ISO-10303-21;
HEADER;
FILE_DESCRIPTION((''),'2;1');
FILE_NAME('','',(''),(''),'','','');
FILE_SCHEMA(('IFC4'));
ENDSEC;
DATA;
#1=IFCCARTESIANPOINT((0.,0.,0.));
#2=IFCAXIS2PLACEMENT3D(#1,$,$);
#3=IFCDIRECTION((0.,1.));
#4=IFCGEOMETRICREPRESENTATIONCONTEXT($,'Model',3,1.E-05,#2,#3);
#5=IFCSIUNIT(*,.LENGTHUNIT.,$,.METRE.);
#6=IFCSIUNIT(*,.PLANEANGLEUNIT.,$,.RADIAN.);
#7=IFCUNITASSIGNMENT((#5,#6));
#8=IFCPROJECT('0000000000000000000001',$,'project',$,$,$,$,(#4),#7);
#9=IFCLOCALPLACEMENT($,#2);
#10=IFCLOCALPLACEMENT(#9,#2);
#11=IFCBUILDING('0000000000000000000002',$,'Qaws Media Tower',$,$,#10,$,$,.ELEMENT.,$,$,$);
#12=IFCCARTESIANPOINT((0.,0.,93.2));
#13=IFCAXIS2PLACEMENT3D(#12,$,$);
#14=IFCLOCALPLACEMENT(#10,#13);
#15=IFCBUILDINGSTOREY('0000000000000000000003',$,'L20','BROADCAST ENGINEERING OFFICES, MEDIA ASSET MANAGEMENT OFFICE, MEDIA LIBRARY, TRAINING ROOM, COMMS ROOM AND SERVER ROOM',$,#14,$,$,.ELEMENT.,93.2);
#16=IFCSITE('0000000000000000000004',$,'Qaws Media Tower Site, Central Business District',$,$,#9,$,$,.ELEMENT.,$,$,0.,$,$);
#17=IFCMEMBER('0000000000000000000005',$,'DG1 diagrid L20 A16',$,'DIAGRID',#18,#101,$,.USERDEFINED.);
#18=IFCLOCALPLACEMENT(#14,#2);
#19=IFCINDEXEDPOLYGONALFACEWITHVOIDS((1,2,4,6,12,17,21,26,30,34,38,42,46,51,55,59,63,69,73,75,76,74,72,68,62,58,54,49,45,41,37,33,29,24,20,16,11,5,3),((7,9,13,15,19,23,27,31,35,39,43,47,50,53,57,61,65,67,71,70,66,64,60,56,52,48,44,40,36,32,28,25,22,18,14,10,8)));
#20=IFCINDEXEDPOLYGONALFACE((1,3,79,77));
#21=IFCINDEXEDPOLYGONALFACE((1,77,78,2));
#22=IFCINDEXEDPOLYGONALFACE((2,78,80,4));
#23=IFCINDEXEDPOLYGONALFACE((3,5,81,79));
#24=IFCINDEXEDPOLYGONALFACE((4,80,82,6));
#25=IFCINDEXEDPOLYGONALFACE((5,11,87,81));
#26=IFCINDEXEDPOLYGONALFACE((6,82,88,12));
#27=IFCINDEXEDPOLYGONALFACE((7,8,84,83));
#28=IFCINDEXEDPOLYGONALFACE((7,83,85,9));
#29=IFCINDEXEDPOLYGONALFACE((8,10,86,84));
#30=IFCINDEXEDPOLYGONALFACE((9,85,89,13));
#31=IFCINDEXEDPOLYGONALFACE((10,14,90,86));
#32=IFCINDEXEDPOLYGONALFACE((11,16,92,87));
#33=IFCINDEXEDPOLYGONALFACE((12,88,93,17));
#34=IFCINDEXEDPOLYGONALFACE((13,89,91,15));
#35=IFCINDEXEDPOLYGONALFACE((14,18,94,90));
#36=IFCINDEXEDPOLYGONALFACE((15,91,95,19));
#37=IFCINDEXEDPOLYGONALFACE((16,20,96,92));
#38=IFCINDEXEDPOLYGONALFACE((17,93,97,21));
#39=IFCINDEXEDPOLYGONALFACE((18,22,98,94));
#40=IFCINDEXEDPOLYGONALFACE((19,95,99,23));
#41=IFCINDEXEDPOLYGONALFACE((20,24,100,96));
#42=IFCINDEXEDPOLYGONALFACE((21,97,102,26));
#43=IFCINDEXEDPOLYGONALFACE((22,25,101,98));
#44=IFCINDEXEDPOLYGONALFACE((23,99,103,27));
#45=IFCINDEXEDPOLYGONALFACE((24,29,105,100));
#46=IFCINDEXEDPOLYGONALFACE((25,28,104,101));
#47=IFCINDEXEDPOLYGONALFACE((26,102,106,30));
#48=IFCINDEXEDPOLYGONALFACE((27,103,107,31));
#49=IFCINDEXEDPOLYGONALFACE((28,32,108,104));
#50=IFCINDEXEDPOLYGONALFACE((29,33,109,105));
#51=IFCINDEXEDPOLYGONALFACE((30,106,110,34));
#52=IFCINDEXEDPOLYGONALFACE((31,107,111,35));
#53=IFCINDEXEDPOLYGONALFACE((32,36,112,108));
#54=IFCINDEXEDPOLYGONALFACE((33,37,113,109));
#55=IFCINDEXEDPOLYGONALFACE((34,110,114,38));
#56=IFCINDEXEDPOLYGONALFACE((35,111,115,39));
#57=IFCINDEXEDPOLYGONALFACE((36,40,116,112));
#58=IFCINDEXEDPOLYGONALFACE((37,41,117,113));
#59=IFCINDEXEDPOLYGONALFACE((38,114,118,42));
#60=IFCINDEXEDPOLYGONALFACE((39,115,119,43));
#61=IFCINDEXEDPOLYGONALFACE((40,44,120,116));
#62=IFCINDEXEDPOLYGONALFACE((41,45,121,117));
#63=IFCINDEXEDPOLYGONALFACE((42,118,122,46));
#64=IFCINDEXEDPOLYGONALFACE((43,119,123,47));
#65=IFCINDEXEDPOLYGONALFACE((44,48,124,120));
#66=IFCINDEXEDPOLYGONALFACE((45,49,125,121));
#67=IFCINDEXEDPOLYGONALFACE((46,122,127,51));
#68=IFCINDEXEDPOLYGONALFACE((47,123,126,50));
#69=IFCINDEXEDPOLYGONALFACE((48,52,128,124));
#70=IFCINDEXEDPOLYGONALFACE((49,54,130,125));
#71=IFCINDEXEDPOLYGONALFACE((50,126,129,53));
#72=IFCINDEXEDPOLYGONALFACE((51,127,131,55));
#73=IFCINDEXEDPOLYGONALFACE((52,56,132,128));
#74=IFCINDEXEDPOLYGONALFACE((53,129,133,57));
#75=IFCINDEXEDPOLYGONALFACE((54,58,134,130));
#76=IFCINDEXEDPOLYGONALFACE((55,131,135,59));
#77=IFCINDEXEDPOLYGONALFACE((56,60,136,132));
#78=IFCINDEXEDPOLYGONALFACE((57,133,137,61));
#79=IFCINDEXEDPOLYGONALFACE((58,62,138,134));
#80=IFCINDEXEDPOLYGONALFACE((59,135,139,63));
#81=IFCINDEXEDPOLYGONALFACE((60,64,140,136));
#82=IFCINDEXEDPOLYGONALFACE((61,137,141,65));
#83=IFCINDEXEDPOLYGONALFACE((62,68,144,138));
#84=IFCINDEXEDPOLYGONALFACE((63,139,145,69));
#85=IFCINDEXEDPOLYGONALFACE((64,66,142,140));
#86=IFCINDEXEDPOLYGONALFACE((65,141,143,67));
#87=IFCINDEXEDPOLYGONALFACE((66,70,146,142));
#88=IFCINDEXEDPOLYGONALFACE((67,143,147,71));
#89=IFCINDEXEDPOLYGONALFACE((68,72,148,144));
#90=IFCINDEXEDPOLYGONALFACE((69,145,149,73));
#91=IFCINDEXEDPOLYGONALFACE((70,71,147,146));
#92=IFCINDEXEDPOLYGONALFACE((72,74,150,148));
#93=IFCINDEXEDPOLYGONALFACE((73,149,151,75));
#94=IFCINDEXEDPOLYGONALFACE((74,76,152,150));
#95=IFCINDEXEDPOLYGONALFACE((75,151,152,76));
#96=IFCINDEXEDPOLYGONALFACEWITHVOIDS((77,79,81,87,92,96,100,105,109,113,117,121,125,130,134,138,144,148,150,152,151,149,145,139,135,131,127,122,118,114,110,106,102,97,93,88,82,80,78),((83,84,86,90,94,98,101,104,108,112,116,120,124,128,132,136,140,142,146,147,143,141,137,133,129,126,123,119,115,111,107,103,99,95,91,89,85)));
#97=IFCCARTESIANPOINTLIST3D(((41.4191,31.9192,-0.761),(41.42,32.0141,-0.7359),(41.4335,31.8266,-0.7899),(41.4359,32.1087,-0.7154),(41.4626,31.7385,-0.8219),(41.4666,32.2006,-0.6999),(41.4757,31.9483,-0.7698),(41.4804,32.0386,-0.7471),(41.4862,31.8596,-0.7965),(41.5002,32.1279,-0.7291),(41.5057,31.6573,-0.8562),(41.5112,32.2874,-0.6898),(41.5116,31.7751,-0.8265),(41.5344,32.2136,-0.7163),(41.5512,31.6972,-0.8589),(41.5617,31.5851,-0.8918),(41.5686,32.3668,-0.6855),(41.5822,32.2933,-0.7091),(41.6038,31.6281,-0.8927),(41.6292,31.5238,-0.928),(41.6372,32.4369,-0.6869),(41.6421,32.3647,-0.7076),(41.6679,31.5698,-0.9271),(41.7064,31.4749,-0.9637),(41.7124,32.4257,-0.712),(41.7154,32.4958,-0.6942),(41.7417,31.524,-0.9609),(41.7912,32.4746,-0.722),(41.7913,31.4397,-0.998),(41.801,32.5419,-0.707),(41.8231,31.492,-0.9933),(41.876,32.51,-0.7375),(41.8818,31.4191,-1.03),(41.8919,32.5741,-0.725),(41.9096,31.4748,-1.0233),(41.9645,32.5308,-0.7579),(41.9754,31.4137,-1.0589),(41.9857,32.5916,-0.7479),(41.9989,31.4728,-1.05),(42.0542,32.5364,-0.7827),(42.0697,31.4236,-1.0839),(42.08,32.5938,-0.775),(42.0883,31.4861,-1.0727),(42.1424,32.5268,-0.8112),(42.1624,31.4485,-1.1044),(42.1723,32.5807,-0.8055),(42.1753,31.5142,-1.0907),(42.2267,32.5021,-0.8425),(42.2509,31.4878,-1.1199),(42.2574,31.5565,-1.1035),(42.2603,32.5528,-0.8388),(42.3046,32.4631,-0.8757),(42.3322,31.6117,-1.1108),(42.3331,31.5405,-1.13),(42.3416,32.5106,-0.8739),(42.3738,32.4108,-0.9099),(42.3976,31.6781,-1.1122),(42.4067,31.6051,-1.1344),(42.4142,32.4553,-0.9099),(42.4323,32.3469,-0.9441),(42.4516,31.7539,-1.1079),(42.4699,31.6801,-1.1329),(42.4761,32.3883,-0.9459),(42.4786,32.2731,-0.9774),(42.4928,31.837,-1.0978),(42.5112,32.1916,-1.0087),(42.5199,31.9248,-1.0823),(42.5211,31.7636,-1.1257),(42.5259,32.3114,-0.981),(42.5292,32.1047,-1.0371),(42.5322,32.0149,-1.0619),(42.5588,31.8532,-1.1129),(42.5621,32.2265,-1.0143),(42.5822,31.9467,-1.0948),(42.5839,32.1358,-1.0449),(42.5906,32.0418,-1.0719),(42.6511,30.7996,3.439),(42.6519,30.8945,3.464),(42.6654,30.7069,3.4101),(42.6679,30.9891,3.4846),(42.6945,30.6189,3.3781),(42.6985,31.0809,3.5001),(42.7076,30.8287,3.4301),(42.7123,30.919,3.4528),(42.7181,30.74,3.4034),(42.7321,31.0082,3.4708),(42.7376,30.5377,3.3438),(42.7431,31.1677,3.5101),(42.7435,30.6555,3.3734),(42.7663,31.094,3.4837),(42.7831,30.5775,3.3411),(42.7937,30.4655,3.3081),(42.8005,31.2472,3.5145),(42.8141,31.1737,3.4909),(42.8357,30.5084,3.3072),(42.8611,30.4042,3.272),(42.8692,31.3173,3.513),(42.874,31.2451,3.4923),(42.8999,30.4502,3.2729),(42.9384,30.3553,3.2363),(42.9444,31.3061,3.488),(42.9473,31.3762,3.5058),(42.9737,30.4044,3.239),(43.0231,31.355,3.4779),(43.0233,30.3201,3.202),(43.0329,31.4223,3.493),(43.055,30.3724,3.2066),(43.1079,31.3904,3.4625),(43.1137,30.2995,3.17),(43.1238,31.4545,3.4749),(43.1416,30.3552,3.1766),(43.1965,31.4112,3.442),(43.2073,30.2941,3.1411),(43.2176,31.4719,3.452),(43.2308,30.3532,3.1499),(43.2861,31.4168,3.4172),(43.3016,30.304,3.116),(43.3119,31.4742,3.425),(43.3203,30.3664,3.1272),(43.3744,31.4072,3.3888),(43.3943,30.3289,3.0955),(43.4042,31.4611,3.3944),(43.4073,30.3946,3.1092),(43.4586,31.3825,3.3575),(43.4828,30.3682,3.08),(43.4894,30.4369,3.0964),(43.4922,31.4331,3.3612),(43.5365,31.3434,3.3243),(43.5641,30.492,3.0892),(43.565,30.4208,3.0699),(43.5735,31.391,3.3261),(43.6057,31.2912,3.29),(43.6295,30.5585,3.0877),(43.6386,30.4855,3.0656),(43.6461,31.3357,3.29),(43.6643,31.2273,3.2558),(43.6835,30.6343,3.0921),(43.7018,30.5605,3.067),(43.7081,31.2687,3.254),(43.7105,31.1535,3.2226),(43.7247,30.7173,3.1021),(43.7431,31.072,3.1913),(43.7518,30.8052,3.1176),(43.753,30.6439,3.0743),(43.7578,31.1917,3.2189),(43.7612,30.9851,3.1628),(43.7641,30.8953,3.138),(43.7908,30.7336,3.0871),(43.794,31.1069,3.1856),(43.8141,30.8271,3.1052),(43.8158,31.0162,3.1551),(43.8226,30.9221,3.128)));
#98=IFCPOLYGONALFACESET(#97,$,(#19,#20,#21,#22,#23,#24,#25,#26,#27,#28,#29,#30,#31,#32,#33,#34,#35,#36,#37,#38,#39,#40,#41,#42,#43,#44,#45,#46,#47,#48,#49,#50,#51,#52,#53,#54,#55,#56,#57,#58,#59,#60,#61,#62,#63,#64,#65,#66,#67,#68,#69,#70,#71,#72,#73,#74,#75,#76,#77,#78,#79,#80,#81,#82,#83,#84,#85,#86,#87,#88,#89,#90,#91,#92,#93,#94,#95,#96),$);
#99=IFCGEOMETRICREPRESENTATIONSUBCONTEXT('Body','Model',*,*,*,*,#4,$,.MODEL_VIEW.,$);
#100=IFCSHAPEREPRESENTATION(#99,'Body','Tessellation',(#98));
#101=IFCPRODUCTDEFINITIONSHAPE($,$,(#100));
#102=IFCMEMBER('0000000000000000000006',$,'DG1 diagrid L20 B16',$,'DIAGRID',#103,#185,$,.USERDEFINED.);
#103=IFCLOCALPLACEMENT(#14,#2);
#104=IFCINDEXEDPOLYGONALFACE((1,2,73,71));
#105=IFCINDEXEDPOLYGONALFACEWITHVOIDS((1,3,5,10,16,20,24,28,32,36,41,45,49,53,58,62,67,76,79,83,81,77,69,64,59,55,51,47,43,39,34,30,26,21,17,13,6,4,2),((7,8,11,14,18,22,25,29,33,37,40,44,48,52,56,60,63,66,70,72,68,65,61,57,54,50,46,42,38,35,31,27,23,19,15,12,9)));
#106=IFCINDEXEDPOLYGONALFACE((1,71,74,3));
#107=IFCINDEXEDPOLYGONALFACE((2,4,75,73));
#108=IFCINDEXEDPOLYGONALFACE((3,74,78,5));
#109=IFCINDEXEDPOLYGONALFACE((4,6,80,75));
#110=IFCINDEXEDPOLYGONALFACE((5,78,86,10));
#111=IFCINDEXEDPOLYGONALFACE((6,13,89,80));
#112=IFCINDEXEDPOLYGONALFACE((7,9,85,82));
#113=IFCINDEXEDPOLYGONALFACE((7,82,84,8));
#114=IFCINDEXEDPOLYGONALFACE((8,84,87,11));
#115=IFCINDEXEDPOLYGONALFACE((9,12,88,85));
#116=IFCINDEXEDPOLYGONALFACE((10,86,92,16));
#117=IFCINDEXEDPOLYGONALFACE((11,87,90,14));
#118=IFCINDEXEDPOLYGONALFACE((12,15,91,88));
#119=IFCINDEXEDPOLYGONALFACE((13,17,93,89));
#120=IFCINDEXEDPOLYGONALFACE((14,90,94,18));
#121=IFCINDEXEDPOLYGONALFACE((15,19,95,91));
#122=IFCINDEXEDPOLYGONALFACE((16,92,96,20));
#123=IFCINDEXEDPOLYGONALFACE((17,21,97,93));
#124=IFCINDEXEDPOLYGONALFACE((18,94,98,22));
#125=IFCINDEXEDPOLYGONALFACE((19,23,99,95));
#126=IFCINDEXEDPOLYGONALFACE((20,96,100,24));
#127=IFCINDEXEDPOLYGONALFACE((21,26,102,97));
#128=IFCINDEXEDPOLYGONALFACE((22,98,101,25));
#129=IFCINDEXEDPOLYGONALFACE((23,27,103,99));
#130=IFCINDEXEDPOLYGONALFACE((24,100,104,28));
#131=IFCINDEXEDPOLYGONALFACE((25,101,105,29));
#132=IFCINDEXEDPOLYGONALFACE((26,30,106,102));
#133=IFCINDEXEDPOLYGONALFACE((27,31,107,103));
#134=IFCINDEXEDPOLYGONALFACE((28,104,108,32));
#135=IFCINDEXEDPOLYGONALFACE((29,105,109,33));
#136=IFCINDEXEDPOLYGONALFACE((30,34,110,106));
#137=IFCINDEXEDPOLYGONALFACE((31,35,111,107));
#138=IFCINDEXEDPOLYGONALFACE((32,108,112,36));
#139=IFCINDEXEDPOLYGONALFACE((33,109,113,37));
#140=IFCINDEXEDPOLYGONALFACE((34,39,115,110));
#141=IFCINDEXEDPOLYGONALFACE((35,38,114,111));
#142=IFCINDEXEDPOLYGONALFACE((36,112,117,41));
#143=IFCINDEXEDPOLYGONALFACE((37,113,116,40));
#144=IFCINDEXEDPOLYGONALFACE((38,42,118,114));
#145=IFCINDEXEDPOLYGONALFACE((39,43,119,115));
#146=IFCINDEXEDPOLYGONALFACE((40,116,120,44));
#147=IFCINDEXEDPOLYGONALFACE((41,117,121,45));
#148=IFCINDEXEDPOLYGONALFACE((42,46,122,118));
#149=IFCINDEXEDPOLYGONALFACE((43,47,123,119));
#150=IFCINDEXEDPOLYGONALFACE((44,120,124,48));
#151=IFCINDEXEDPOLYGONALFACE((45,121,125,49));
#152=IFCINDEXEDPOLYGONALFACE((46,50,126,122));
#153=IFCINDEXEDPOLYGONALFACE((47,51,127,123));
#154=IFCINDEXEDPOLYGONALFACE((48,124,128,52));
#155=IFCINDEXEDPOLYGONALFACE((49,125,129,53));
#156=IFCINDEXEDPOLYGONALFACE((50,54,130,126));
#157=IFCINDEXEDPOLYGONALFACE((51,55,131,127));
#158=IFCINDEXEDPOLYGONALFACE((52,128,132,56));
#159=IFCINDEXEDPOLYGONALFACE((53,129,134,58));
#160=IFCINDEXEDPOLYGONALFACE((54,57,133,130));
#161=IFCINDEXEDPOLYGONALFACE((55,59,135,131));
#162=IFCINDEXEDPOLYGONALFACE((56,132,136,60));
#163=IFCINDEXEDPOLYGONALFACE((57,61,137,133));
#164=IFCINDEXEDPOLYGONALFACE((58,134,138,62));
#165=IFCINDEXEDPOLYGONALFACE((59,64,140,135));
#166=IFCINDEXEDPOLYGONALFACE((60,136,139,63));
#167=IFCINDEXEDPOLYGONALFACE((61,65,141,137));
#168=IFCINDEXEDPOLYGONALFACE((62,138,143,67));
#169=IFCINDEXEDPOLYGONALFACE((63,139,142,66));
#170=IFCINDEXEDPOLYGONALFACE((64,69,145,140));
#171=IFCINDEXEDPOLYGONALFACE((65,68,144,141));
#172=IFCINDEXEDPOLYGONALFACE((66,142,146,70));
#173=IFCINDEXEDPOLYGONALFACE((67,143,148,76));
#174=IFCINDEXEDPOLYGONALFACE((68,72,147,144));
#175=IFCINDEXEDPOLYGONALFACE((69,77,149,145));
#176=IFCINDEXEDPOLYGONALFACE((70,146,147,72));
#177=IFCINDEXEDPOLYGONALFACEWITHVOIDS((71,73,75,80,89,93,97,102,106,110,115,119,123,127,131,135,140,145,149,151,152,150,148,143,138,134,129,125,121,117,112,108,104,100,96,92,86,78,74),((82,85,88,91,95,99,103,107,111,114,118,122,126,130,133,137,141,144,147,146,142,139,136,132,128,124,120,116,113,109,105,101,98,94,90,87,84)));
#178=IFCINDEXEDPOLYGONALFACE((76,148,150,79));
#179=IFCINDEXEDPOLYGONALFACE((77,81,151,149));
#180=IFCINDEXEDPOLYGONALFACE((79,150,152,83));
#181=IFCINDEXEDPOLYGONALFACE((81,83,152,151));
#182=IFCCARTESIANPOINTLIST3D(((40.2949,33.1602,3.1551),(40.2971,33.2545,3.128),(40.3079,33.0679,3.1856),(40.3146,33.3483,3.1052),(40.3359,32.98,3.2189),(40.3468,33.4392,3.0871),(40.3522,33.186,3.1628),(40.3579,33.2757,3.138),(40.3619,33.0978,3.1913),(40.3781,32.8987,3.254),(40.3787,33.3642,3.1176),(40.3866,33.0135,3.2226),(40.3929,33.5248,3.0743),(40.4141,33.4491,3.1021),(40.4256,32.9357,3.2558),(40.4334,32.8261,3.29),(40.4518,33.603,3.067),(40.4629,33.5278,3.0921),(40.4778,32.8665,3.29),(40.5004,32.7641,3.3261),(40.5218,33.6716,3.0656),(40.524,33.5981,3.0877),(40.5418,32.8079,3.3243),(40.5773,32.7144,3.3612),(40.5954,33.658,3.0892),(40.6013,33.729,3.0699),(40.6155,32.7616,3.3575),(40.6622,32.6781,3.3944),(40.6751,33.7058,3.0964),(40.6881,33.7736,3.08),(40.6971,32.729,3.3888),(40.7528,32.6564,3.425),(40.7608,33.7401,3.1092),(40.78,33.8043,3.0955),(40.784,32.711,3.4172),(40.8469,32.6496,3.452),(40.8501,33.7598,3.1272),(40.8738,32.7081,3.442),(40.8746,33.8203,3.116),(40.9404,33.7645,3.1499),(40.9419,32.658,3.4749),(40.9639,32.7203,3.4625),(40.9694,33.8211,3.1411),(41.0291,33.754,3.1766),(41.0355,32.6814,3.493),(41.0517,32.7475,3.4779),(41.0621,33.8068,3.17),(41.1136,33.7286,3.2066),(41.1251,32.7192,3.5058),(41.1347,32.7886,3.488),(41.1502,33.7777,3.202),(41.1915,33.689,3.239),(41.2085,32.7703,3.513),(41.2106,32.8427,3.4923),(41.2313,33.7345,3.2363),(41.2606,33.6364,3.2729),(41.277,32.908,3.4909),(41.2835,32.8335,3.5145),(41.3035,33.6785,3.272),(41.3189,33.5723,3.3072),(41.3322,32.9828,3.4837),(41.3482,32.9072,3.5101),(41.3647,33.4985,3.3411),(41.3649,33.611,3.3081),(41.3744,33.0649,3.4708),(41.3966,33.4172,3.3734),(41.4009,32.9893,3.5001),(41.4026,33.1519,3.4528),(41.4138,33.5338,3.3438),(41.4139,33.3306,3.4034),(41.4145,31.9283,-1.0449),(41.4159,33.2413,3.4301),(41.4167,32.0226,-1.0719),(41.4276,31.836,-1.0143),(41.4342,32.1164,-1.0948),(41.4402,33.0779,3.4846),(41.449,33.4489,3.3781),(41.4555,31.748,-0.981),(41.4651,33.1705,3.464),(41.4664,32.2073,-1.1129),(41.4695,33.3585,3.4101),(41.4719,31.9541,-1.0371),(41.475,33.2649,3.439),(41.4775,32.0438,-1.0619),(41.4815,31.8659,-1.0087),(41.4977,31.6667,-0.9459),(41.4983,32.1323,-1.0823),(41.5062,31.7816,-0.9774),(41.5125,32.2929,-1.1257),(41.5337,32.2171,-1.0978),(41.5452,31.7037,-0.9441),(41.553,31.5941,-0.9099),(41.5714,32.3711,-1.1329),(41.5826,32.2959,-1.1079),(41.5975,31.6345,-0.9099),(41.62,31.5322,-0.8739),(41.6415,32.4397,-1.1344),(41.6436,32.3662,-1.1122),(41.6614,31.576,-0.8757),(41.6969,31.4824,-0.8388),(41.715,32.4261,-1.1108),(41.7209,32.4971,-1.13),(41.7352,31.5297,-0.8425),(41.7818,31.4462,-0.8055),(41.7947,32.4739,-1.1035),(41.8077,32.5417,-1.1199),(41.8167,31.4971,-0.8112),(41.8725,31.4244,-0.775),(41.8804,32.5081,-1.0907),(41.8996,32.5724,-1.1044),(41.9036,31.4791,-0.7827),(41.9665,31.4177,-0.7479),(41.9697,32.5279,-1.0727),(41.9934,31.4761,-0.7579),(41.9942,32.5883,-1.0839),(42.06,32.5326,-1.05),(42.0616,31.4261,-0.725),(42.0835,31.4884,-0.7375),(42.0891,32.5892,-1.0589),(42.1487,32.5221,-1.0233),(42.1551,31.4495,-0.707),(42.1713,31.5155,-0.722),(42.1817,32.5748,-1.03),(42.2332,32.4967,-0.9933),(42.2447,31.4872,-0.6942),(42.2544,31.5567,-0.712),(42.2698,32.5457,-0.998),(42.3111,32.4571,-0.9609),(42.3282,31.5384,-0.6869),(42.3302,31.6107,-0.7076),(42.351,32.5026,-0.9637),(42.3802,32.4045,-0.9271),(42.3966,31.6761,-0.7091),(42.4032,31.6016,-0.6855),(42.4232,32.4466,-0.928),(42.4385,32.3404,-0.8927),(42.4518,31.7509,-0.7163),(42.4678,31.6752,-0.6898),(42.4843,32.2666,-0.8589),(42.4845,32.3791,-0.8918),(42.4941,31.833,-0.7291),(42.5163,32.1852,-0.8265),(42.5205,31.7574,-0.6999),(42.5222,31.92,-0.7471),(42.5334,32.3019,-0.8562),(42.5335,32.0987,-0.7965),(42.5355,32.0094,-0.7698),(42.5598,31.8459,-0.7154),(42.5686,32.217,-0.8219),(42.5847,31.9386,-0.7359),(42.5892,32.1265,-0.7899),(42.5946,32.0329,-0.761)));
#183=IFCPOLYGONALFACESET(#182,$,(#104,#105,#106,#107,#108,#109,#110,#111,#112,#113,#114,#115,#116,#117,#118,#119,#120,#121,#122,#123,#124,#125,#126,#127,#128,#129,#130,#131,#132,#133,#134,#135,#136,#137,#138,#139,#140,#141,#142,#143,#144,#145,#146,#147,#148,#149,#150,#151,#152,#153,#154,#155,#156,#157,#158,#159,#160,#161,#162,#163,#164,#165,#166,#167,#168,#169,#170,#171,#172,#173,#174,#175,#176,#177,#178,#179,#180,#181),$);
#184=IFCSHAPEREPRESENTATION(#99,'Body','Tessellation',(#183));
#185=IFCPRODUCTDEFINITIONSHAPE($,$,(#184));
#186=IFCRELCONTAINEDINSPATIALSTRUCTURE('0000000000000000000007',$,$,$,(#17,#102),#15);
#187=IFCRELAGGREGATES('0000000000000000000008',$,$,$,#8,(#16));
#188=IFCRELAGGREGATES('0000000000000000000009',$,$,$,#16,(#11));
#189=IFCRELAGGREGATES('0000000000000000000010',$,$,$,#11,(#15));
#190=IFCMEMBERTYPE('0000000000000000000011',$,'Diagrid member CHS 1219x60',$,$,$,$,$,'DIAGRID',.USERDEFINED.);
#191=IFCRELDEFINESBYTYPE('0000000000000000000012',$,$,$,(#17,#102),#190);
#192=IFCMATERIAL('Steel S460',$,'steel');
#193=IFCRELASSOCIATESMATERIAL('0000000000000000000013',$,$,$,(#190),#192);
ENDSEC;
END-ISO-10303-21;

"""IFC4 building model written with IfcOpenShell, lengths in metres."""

from ifc_helpers import new_model, si_unit, direction, frame, origin, origin_2d, place, context, subcontext, project, spatial, hollow_circle, extrude, material, material_profile, profile_set, type_object, element, save


model = new_model("IFC4")

# Units and contexts
model_context = context("Model", 3, precision=1e-05, world=origin(), true_north=direction((0.0, 1.0)))
body_context = subcontext(model_context, "Body", "Model", "MODEL_VIEW")
ifc_project = project(units=[si_unit("LENGTHUNIT", "METRE"), si_unit("PLANEANGLEUNIT", "RADIAN")], contexts=[model_context])

# Site, building, storey
site_placement = place(None, origin())
site = spatial("IfcSite", under=ifc_project, at=site_placement, Name="Qaws Media Tower Site, Central Business District", CompositionType="ELEMENT", RefElevation=0.0)
building_placement = place(site_placement, origin())
building = spatial("IfcBuilding", under=site, at=building_placement, Name="Qaws Media Tower", CompositionType="ELEMENT")
storey_placement = place(building_placement, frame((0.0, 0.0, 93.2)))
storey = spatial("IfcBuildingStorey", under=building, at=storey_placement, Name="L20", Description="BROADCAST ENGINEERING OFFICES, MEDIA ASSET MANAGEMENT OFFICE, MEDIA LIBRARY, TRAINING ROOM, COMMS ROOM AND SERVER ROOM", CompositionType="ELEMENT", Elevation=93.2)

# Members
ifc_material_1 = material(Name="Steel S460", Category="steel")
ifc_material_profile_1 = material_profile(ifc_material_1, hollow_circle(Radius=0.6096, WallThickness=0.0601, at=origin_2d()), Name="CHS 1219x60")
ifc_profile_set_1 = profile_set([ifc_material_profile_1], Name="Steel S460")
member_type_1 = type_object("IfcMemberType", Name="Diagrid member CHS 1219x60", ElementType="DIAGRID", PredefinedType="USERDEFINED", material=ifc_profile_set_1)
for number, where, z_axis, x_axis, name in (
    (1, (42.0042, 32.0042, -0.9099), (0.272682, -0.247824, 0.929638), (0.672571, 0.740033, 0.0), "DG1 diagrid L20 A16"),
    (2, (42.0042, 32.0042, -0.9099), (-0.247824, 0.272682, 0.929638), (-0.740033, -0.672571, 0.0), "DG1 diagrid L20 B16"),
):
    element("IfcMember", number, at=place(storey_placement, frame(where, z_axis=z_axis, x_axis=x_axis)), inside=storey, type_object=member_type_1, Name=name, ObjectType="DIAGRID", PredefinedType="USERDEFINED", context=body_context, shape_type="SweptSolid", body=[
        extrude(hollow_circle(Radius=0.6096, WallThickness=0.0601, at=origin_2d()), origin(), (0.0, 0.0, 1.0), 4.5178),
    ])

save(model, "model.ifc")
